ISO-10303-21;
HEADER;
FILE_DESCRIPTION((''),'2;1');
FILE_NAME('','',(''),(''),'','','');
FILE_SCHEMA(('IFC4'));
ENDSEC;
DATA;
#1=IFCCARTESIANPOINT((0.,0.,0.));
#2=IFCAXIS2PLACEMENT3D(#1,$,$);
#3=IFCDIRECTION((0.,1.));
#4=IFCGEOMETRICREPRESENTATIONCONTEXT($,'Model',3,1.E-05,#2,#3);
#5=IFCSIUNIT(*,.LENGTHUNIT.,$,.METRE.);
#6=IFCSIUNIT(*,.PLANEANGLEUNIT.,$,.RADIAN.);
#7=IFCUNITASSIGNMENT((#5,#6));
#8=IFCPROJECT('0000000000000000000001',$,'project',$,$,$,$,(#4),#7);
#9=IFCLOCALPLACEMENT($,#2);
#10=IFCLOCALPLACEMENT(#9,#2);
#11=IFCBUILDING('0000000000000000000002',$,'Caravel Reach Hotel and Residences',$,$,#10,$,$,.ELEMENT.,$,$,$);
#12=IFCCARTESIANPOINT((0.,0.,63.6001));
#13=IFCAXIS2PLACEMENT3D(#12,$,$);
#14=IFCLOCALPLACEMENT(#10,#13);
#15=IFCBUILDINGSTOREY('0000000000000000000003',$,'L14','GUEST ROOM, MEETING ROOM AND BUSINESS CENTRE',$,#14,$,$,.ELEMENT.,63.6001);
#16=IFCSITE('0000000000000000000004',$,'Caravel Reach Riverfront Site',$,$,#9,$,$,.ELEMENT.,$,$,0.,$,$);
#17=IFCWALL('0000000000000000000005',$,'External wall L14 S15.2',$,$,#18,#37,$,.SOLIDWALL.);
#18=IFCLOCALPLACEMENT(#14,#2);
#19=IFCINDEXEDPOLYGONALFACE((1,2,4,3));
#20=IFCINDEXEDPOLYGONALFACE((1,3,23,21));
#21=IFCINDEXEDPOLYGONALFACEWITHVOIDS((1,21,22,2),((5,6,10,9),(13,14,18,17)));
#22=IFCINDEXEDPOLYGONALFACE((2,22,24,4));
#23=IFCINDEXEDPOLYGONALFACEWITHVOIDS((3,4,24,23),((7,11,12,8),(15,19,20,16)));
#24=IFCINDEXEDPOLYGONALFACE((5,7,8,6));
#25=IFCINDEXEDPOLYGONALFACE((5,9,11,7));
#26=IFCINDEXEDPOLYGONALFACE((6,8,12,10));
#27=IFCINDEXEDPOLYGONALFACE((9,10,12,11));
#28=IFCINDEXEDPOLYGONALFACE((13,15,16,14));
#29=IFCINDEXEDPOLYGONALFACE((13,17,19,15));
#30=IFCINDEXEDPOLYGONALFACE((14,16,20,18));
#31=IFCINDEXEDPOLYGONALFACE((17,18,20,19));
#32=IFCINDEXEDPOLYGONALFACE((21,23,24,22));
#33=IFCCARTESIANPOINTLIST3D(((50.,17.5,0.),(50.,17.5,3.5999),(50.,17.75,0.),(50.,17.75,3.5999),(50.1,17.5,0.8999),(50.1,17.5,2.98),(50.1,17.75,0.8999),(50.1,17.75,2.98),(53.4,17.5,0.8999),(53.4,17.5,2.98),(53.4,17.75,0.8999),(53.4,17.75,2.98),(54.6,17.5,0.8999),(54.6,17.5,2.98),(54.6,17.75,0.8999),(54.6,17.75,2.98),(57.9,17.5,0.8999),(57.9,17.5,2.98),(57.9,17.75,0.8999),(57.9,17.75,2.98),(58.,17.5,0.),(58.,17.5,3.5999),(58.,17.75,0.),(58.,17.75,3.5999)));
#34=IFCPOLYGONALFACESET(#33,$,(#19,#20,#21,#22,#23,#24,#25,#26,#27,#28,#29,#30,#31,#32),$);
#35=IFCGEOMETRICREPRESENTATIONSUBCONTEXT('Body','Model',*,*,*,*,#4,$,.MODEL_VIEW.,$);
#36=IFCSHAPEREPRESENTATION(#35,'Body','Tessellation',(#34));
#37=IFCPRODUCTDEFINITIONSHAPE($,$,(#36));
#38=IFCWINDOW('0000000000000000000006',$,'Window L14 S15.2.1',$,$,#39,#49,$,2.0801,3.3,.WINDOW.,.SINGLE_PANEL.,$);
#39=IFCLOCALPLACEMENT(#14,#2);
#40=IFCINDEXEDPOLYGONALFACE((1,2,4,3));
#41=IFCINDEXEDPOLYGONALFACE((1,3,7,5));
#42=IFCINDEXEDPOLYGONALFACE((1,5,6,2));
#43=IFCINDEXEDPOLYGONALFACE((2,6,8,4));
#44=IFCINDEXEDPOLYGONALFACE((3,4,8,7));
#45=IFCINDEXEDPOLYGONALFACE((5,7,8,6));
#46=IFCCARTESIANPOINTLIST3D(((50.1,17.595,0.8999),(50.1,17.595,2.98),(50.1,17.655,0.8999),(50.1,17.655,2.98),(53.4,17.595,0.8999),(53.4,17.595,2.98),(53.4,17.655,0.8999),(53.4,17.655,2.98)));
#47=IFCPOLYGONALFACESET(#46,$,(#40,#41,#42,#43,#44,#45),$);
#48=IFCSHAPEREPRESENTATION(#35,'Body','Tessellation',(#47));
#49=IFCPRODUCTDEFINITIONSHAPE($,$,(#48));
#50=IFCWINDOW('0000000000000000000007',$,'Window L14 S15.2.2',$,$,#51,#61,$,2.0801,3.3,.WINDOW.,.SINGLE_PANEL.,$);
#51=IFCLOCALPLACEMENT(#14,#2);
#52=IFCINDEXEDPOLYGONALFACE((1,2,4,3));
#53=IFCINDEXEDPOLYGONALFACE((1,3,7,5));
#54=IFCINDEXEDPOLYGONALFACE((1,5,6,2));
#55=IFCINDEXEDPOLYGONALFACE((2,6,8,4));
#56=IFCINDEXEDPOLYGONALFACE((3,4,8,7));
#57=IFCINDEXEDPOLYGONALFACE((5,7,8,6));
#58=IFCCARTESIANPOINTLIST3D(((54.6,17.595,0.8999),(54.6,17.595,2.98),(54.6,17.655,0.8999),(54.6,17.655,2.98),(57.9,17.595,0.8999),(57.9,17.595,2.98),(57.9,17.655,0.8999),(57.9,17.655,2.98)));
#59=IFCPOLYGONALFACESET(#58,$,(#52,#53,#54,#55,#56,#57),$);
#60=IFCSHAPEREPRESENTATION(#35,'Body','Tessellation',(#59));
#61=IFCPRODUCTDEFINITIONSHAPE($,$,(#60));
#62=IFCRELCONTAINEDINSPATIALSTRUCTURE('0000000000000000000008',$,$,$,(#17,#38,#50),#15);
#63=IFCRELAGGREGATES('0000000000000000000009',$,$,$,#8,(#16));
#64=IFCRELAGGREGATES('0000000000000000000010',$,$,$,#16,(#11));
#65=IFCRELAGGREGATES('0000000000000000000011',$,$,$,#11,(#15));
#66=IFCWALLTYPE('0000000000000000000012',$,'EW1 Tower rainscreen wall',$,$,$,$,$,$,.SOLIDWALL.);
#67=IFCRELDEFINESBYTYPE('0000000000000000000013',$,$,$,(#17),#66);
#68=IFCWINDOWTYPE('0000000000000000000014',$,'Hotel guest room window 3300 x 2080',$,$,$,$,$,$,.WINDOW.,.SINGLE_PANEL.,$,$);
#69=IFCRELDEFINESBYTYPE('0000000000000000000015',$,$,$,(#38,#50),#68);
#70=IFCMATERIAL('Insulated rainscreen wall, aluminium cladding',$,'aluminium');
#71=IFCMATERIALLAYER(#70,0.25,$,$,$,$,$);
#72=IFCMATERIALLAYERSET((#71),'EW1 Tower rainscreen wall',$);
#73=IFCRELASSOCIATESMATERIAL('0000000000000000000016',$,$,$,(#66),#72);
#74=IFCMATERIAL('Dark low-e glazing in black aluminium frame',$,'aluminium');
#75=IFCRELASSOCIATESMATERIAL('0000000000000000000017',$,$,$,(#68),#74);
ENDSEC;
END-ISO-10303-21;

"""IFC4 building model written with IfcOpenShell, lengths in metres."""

from ifc_helpers import new_model, si_unit, direction, frame, frame_2d, origin, place, context, subcontext, project, spatial, rectangle, extrude, material, layer, layer_set, type_object, element, fill, save


model = new_model("IFC4")

# Units and contexts
model_context = context("Model", 3, precision=1e-05, world=origin(), true_north=direction((0.0, 1.0)))
body_context = subcontext(model_context, "Body", "Model", "MODEL_VIEW")
ifc_project = project(units=[si_unit("LENGTHUNIT", "METRE"), si_unit("PLANEANGLEUNIT", "RADIAN")], contexts=[model_context])

# Site, building, storey
site_placement = place(None, origin())
site = spatial("IfcSite", under=ifc_project, at=site_placement, Name="Caravel Reach Riverfront Site", CompositionType="ELEMENT", RefElevation=0.0)
building_placement = place(site_placement, origin())
building = spatial("IfcBuilding", under=site, at=building_placement, Name="Caravel Reach Hotel and Residences", CompositionType="ELEMENT")
storey_placement = place(building_placement, frame((0.0, 0.0, 63.6001)))
storey = spatial("IfcBuildingStorey", under=building, at=storey_placement, Name="L14", Description="GUEST ROOM, MEETING ROOM AND BUSINESS CENTRE", CompositionType="ELEMENT", Elevation=63.6001)

# Shared definitions
ifc_material_1 = material(Name="Insulated rainscreen wall, aluminium cladding", Category="aluminium")
ifc_layer = layer(ifc_material_1, 0.25)
ifc_layer_set = layer_set([ifc_layer], Name="EW1 Tower rainscreen wall")
wall_type = type_object("IfcWallType", Name="EW1 Tower rainscreen wall", PredefinedType="SOLIDWALL", material=ifc_layer_set)

# Wall, openings, windows
wall_1_placement = place(storey_placement, frame((50.0, 17.625, 0.0), z_axis=(0.0, 0.0, 1.0), x_axis=(1.0, 0.0, 0.0)))
wall_1 = element("IfcWall", 1, at=wall_1_placement, inside=storey, type_object=wall_type, Name="External wall L14 S15.2", PredefinedType="SOLIDWALL", context=body_context, shape_type="SweptSolid", body=[
    extrude(rectangle(XDim=8.0, YDim=0.25, at=frame_2d((4.0, 0.0))), origin(), (0.0, 0.0, 1.0), 3.5999),
])
opening_1_placement = place(wall_1_placement, frame((0.1001, 0.0, 0.8999)))
opening_1 = element("IfcOpeningElement", 2, at=opening_1_placement, cuts=wall_1, PredefinedType="OPENING", context=body_context, shape_type="SweptSolid", body=[
    extrude(rectangle(XDim=3.3, YDim=2.0801, at=frame_2d((1.6499, 1.04))), frame((0.0, 0.135, 0.0), z_axis=(0.0, -1.0, 0.0), x_axis=(1.0, 0.0, 0.0)), (0.0, 0.0, 1.0), 0.27),
])
opening_2_placement = place(wall_1_placement, frame((4.6001, 0.0, 0.8999)))
opening_2 = element("IfcOpeningElement", 3, at=opening_2_placement, cuts=wall_1, PredefinedType="OPENING", context=body_context, shape_type="SweptSolid", body=[
    extrude(rectangle(XDim=3.3, YDim=2.0801, at=frame_2d((1.6499, 1.04))), frame((0.0, 0.135, 0.0), z_axis=(0.0, -1.0, 0.0), x_axis=(1.0, 0.0, 0.0)), (0.0, 0.0, 1.0), 0.27),
])
ifc_material_2 = material(Name="Dark low-e glazing in black aluminium frame", Category="aluminium")
window_type_1 = type_object("IfcWindowType", Name="Hotel guest room window 3300 x 2080", PartitioningType="SINGLE_PANEL", PredefinedType="WINDOW", material=ifc_material_2)
window_1_placement = place(opening_1_placement, origin())
window_1 = element("IfcWindow", 4, at=window_1_placement, inside=storey, type_object=window_type_1, Name="Window L14 S15.2.1", OverallHeight=2.0801, OverallWidth=3.3, PartitioningType="SINGLE_PANEL", PredefinedType="WINDOW", context=body_context, shape_type="SweptSolid", body=[
    extrude(rectangle(XDim=3.3, YDim=2.0801, at=frame_2d((1.6499, 1.04))), frame((0.0, 0.03, 0.0), z_axis=(0.0, -1.0, 0.0), x_axis=(1.0, 0.0, 0.0)), (0.0, 0.0, 1.0), 0.0601),
])
fill(opening_1, window_1)
window_2_placement = place(opening_2_placement, origin())
window_2 = element("IfcWindow", 5, at=window_2_placement, inside=storey, type_object=window_type_1, Name="Window L14 S15.2.2", OverallHeight=2.0801, OverallWidth=3.3, PartitioningType="SINGLE_PANEL", PredefinedType="WINDOW", context=body_context, shape_type="SweptSolid", body=[
    extrude(rectangle(XDim=3.3, YDim=2.0801, at=frame_2d((1.6499, 1.04))), frame((0.0, 0.03, 0.0), z_axis=(0.0, -1.0, 0.0), x_axis=(1.0, 0.0, 0.0)), (0.0, 0.0, 1.0), 0.0601),
])
fill(opening_2, window_2)

save(model, "model.ifc")
